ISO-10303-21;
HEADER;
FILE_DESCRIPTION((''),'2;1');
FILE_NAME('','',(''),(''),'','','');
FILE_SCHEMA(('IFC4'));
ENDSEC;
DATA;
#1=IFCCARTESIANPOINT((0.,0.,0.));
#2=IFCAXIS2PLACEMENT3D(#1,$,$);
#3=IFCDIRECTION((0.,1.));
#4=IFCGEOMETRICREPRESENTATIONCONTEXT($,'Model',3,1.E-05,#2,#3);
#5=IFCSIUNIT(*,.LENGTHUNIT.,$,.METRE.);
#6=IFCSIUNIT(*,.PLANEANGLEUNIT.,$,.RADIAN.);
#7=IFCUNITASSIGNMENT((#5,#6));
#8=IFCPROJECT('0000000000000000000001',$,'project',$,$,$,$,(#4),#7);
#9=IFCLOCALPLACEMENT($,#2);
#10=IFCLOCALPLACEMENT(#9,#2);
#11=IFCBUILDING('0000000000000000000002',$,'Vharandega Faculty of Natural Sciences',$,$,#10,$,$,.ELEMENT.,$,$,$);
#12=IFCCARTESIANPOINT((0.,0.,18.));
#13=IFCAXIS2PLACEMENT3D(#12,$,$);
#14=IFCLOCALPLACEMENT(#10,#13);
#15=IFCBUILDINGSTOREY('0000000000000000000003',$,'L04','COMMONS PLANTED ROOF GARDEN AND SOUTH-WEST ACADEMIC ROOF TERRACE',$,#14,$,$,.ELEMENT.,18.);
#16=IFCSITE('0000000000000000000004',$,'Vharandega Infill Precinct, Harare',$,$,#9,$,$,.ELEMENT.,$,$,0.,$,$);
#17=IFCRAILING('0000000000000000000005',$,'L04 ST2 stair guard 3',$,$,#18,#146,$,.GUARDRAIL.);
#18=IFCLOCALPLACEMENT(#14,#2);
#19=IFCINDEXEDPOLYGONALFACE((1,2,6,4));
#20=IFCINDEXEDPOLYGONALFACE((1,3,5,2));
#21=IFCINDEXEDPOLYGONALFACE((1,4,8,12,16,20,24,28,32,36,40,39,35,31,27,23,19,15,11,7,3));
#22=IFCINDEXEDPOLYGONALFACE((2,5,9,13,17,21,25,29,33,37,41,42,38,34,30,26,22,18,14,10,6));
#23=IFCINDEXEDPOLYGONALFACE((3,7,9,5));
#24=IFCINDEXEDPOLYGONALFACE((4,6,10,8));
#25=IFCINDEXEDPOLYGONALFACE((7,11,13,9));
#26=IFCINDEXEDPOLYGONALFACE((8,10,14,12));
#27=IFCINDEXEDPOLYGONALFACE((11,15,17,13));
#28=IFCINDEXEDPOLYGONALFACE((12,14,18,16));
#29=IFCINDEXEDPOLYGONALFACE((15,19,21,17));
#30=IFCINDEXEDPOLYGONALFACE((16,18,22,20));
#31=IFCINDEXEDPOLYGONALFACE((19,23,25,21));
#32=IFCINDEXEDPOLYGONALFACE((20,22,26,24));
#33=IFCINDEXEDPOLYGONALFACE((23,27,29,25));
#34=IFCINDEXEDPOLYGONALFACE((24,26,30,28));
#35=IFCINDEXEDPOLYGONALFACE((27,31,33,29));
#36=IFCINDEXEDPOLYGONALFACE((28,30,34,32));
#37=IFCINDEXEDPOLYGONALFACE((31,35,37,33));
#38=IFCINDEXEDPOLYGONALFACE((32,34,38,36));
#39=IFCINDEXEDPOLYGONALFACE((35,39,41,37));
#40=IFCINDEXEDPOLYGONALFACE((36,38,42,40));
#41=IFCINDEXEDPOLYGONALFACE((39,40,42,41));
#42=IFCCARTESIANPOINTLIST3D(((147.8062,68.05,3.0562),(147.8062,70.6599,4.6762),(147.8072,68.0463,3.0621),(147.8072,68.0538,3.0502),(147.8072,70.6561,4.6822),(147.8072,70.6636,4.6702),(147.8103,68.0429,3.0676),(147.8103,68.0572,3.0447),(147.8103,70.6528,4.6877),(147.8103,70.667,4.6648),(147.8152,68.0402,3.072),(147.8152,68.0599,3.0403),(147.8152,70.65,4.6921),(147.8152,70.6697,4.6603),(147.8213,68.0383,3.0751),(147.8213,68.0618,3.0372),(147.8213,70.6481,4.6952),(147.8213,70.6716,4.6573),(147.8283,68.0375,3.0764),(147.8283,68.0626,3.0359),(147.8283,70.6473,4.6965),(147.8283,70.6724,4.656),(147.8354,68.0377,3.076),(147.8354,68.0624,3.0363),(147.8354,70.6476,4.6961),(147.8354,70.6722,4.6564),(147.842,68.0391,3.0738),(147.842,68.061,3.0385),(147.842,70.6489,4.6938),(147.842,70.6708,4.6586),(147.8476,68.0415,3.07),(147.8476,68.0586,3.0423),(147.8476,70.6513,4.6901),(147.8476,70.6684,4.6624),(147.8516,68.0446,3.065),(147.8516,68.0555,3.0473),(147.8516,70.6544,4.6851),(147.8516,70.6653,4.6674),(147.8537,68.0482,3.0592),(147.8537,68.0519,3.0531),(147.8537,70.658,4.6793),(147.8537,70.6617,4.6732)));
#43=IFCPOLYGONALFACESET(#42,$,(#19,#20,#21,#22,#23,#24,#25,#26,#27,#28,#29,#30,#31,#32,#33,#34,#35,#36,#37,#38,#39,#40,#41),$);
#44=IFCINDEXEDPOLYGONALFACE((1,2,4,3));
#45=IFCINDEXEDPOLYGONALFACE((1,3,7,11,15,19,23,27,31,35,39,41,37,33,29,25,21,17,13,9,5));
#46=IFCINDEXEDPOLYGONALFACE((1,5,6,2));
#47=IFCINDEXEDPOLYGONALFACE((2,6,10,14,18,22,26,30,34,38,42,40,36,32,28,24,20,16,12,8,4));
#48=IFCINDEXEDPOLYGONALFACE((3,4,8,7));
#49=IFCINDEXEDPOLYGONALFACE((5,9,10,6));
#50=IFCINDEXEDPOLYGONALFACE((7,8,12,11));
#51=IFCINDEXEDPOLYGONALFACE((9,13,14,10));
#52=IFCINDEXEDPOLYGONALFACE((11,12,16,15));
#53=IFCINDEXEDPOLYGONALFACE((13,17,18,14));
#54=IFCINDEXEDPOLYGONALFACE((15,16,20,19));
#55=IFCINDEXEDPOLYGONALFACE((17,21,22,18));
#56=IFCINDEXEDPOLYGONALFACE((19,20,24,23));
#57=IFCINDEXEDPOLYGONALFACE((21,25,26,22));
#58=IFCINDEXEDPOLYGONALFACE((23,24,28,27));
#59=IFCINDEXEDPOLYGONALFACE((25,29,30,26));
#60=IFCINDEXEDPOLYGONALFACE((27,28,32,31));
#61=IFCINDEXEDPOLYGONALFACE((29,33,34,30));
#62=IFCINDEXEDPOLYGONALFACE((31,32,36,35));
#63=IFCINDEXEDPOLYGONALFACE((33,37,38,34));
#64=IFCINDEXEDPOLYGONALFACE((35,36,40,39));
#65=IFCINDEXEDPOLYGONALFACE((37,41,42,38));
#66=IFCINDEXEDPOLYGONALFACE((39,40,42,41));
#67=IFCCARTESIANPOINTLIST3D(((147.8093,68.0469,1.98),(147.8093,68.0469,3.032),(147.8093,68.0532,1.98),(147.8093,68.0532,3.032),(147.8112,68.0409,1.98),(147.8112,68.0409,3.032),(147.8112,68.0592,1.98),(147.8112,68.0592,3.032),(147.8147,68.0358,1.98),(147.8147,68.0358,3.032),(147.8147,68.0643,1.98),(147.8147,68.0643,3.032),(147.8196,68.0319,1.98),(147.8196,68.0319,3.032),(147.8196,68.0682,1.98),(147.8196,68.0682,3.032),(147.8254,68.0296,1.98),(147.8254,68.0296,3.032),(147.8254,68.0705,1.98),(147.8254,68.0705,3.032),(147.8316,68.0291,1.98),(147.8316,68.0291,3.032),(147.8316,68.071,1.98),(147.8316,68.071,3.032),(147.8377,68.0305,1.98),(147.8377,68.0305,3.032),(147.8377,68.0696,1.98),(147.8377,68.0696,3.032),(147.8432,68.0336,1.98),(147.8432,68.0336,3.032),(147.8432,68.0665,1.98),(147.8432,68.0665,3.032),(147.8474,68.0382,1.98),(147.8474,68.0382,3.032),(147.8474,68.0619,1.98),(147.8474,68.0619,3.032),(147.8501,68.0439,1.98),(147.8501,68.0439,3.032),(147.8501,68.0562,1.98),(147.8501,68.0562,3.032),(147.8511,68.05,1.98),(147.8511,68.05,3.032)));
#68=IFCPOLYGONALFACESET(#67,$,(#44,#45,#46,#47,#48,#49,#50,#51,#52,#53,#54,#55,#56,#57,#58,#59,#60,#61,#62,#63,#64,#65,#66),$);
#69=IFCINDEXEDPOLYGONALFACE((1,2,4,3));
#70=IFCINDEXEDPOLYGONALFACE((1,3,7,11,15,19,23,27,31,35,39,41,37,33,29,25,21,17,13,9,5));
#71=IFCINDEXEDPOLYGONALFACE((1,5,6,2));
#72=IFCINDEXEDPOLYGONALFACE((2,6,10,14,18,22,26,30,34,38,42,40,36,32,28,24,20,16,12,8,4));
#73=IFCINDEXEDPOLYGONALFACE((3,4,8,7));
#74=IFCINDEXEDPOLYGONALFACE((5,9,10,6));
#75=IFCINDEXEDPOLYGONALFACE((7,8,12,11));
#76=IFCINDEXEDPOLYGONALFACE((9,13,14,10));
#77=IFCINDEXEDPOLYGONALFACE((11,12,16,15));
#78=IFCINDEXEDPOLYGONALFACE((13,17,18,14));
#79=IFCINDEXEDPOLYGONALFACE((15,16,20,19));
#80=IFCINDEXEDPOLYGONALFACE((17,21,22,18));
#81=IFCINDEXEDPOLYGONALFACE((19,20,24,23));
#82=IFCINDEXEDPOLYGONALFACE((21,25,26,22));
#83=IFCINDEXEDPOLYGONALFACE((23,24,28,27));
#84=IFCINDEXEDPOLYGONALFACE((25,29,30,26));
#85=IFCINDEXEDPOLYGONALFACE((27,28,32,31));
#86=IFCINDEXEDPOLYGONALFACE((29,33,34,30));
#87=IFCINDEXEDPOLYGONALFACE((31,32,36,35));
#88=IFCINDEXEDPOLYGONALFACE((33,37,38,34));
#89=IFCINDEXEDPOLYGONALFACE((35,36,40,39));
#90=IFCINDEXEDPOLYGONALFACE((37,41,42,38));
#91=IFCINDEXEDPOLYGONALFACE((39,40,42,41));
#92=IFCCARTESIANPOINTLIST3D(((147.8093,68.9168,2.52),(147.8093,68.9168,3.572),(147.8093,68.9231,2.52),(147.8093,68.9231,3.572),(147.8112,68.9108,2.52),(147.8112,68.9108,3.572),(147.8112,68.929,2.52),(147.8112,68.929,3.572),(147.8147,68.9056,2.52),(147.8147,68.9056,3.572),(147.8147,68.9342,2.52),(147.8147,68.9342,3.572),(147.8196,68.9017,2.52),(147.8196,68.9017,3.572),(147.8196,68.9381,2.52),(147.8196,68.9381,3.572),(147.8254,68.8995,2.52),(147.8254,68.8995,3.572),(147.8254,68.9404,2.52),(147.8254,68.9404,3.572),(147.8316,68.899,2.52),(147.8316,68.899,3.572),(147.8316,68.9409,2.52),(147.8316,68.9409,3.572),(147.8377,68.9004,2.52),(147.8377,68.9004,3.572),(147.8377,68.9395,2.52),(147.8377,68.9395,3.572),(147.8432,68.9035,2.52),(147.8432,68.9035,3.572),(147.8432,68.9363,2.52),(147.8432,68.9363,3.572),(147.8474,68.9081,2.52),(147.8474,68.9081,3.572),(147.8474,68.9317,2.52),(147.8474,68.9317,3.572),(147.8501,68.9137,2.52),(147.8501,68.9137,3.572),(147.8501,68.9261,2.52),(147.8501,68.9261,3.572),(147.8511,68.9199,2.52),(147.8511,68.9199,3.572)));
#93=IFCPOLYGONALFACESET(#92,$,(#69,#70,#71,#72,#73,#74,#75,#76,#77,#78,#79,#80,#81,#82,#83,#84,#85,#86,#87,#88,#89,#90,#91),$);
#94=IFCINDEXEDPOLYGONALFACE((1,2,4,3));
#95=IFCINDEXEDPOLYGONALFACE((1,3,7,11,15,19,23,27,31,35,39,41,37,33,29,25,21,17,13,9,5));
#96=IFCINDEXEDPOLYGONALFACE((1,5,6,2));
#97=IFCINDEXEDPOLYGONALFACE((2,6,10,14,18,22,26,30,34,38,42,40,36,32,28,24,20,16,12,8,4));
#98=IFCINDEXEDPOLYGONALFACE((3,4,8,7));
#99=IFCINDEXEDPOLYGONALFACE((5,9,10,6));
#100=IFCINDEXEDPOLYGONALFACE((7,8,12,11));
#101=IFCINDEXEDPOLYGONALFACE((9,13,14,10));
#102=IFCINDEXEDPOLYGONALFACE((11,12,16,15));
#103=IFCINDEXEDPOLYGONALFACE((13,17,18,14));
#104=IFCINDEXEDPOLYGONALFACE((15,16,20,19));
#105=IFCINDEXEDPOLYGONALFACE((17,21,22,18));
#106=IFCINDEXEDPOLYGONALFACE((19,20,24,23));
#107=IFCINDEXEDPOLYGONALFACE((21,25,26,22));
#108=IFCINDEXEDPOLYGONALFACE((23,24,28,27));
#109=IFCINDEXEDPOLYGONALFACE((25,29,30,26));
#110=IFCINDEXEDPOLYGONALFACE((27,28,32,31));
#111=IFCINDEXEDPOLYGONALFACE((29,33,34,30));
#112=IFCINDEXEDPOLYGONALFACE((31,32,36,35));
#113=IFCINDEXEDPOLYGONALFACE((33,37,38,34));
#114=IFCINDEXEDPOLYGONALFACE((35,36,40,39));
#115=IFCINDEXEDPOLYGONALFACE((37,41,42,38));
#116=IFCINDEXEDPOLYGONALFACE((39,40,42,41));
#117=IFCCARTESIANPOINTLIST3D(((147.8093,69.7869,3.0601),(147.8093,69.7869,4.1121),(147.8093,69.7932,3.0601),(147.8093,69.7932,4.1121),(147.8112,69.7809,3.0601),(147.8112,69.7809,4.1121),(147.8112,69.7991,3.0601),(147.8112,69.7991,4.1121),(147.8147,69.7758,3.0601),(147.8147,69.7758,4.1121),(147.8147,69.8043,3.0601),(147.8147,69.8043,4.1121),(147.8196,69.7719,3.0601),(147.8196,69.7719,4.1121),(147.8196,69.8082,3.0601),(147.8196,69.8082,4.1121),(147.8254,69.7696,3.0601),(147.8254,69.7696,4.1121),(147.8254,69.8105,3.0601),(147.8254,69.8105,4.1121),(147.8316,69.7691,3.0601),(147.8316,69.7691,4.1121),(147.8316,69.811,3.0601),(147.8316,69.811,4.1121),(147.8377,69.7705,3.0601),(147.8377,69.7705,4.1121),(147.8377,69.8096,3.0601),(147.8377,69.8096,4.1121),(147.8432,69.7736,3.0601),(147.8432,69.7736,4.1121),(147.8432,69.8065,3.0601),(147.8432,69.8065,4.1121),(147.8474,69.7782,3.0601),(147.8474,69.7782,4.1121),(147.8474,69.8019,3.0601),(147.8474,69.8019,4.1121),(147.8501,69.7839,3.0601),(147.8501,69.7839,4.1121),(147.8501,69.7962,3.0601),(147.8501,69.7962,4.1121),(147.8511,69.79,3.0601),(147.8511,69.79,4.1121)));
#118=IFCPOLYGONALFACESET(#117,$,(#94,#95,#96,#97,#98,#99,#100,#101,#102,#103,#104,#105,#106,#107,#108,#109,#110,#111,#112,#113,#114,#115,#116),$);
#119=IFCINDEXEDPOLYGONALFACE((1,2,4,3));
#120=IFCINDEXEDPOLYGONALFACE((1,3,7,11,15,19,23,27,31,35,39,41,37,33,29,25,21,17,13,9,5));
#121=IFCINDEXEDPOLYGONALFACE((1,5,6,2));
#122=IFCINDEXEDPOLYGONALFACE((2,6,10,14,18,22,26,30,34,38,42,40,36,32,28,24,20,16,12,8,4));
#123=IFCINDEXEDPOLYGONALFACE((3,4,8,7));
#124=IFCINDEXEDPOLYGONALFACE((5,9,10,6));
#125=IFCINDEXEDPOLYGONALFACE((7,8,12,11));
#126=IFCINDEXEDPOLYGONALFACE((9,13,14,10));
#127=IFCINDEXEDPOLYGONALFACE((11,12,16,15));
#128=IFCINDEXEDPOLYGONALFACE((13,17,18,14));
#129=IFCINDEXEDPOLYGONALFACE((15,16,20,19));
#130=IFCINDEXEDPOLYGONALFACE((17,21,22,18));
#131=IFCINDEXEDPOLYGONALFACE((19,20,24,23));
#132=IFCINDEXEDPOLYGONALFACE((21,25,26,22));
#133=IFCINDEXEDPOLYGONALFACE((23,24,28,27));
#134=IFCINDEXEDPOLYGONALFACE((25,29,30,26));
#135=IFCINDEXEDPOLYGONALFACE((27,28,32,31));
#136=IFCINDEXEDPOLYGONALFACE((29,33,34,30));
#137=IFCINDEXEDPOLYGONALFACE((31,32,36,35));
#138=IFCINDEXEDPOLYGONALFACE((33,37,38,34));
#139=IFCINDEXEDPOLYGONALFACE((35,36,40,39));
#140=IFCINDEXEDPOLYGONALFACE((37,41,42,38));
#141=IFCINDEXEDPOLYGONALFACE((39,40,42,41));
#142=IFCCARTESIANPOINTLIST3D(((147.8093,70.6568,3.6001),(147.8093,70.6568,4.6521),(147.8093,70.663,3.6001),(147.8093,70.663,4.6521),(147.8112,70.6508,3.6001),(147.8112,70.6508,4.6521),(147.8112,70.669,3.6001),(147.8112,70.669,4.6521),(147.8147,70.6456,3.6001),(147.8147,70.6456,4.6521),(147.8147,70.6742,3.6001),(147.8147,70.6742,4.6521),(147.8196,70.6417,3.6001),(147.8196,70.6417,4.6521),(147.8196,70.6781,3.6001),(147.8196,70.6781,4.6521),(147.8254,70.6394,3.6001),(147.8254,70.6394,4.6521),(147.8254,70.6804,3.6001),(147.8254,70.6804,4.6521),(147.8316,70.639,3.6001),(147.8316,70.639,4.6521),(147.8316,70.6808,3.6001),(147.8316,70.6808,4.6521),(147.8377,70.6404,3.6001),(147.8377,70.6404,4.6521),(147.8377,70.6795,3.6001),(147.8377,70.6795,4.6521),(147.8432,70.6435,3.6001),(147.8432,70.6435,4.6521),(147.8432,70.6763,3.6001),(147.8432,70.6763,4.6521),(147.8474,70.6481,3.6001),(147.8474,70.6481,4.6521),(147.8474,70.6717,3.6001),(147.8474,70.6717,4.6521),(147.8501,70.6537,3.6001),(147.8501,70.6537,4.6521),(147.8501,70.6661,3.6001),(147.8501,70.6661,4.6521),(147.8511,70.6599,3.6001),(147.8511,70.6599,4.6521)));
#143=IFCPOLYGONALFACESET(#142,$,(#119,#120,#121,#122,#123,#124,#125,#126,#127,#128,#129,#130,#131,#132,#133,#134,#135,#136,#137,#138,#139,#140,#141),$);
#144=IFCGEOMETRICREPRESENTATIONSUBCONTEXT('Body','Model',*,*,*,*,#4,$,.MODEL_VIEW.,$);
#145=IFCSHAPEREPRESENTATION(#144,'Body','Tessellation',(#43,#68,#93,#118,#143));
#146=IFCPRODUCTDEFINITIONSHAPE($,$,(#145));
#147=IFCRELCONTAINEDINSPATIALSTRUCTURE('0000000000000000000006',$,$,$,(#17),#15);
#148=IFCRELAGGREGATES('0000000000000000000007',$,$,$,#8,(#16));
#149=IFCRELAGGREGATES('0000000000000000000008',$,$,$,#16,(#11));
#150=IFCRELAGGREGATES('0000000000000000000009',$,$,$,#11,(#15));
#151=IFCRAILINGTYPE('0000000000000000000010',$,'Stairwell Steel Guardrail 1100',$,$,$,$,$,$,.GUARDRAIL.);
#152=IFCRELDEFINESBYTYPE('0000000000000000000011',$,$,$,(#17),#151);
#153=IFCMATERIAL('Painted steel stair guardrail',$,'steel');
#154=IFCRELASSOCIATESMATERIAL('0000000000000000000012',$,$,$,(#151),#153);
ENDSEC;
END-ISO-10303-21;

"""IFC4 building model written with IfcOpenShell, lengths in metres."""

from ifc_helpers import new_model, si_unit, direction, frame, origin, origin_2d, place, context, subcontext, project, spatial, circle, extrude, material, type_object, element, save


model = new_model("IFC4")

# Units and contexts
model_context = context("Model", 3, precision=1e-05, world=origin(), true_north=direction((0.0, 1.0)))
body_context = subcontext(model_context, "Body", "Model", "MODEL_VIEW")
ifc_project = project(units=[si_unit("LENGTHUNIT", "METRE"), si_unit("PLANEANGLEUNIT", "RADIAN")], contexts=[model_context])

# Site, building, storey
site_placement = place(None, origin())
site = spatial("IfcSite", under=ifc_project, at=site_placement, Name="Vharandega Infill Precinct, Harare", CompositionType="ELEMENT", RefElevation=0.0)
building_placement = place(site_placement, origin())
building = spatial("IfcBuilding", under=site, at=building_placement, Name="Vharandega Faculty of Natural Sciences", CompositionType="ELEMENT")
storey_placement = place(building_placement, frame((0.0, 0.0, 18.0)))
storey = spatial("IfcBuildingStorey", under=building, at=storey_placement, Name="L04", Description="COMMONS PLANTED ROOF GARDEN AND SOUTH-WEST ACADEMIC ROOF TERRACE", CompositionType="ELEMENT", Elevation=18.0)

# Railing
ifc_material_1 = material(Name="Painted steel stair guardrail", Category="steel")
railing_type = type_object("IfcRailingType", Name="Stairwell Steel Guardrail 1100", PredefinedType="GUARDRAIL", material=ifc_material_1)
railing_1_placement = place(storey_placement, frame((147.8301, 68.05, 1.98)))
element("IfcRailing", 1, at=railing_1_placement, inside=storey, type_object=railing_type, Name="L04 ST2 stair guard 3", PredefinedType="GUARDRAIL", context=body_context, shape_type="SweptSolid", body=[
    extrude(circle(Radius=0.0239, at=origin_2d()), frame((0.0, 0.0, 1.0762), z_axis=(0.0, 0.849611, 0.52741), x_axis=(-1.0, 0.0, 0.0)), (0.0, 0.0, 1.0), 3.0718),
    extrude(circle(Radius=0.021, at=origin_2d()), origin(), (0.0, 0.0, 1.0), 1.052),
    extrude(circle(Radius=0.021, at=origin_2d()), frame((0.0, 0.8699, 0.54)), (0.0, 0.0, 1.0), 1.052),
    extrude(circle(Radius=0.021, at=origin_2d()), frame((0.0, 1.74, 1.0801)), (0.0, 0.0, 1.0), 1.052),
    extrude(circle(Radius=0.021, at=origin_2d()), frame((0.0, 2.6099, 1.6201)), (0.0, 0.0, 1.0), 1.052),
])

save(model, "model.ifc")
